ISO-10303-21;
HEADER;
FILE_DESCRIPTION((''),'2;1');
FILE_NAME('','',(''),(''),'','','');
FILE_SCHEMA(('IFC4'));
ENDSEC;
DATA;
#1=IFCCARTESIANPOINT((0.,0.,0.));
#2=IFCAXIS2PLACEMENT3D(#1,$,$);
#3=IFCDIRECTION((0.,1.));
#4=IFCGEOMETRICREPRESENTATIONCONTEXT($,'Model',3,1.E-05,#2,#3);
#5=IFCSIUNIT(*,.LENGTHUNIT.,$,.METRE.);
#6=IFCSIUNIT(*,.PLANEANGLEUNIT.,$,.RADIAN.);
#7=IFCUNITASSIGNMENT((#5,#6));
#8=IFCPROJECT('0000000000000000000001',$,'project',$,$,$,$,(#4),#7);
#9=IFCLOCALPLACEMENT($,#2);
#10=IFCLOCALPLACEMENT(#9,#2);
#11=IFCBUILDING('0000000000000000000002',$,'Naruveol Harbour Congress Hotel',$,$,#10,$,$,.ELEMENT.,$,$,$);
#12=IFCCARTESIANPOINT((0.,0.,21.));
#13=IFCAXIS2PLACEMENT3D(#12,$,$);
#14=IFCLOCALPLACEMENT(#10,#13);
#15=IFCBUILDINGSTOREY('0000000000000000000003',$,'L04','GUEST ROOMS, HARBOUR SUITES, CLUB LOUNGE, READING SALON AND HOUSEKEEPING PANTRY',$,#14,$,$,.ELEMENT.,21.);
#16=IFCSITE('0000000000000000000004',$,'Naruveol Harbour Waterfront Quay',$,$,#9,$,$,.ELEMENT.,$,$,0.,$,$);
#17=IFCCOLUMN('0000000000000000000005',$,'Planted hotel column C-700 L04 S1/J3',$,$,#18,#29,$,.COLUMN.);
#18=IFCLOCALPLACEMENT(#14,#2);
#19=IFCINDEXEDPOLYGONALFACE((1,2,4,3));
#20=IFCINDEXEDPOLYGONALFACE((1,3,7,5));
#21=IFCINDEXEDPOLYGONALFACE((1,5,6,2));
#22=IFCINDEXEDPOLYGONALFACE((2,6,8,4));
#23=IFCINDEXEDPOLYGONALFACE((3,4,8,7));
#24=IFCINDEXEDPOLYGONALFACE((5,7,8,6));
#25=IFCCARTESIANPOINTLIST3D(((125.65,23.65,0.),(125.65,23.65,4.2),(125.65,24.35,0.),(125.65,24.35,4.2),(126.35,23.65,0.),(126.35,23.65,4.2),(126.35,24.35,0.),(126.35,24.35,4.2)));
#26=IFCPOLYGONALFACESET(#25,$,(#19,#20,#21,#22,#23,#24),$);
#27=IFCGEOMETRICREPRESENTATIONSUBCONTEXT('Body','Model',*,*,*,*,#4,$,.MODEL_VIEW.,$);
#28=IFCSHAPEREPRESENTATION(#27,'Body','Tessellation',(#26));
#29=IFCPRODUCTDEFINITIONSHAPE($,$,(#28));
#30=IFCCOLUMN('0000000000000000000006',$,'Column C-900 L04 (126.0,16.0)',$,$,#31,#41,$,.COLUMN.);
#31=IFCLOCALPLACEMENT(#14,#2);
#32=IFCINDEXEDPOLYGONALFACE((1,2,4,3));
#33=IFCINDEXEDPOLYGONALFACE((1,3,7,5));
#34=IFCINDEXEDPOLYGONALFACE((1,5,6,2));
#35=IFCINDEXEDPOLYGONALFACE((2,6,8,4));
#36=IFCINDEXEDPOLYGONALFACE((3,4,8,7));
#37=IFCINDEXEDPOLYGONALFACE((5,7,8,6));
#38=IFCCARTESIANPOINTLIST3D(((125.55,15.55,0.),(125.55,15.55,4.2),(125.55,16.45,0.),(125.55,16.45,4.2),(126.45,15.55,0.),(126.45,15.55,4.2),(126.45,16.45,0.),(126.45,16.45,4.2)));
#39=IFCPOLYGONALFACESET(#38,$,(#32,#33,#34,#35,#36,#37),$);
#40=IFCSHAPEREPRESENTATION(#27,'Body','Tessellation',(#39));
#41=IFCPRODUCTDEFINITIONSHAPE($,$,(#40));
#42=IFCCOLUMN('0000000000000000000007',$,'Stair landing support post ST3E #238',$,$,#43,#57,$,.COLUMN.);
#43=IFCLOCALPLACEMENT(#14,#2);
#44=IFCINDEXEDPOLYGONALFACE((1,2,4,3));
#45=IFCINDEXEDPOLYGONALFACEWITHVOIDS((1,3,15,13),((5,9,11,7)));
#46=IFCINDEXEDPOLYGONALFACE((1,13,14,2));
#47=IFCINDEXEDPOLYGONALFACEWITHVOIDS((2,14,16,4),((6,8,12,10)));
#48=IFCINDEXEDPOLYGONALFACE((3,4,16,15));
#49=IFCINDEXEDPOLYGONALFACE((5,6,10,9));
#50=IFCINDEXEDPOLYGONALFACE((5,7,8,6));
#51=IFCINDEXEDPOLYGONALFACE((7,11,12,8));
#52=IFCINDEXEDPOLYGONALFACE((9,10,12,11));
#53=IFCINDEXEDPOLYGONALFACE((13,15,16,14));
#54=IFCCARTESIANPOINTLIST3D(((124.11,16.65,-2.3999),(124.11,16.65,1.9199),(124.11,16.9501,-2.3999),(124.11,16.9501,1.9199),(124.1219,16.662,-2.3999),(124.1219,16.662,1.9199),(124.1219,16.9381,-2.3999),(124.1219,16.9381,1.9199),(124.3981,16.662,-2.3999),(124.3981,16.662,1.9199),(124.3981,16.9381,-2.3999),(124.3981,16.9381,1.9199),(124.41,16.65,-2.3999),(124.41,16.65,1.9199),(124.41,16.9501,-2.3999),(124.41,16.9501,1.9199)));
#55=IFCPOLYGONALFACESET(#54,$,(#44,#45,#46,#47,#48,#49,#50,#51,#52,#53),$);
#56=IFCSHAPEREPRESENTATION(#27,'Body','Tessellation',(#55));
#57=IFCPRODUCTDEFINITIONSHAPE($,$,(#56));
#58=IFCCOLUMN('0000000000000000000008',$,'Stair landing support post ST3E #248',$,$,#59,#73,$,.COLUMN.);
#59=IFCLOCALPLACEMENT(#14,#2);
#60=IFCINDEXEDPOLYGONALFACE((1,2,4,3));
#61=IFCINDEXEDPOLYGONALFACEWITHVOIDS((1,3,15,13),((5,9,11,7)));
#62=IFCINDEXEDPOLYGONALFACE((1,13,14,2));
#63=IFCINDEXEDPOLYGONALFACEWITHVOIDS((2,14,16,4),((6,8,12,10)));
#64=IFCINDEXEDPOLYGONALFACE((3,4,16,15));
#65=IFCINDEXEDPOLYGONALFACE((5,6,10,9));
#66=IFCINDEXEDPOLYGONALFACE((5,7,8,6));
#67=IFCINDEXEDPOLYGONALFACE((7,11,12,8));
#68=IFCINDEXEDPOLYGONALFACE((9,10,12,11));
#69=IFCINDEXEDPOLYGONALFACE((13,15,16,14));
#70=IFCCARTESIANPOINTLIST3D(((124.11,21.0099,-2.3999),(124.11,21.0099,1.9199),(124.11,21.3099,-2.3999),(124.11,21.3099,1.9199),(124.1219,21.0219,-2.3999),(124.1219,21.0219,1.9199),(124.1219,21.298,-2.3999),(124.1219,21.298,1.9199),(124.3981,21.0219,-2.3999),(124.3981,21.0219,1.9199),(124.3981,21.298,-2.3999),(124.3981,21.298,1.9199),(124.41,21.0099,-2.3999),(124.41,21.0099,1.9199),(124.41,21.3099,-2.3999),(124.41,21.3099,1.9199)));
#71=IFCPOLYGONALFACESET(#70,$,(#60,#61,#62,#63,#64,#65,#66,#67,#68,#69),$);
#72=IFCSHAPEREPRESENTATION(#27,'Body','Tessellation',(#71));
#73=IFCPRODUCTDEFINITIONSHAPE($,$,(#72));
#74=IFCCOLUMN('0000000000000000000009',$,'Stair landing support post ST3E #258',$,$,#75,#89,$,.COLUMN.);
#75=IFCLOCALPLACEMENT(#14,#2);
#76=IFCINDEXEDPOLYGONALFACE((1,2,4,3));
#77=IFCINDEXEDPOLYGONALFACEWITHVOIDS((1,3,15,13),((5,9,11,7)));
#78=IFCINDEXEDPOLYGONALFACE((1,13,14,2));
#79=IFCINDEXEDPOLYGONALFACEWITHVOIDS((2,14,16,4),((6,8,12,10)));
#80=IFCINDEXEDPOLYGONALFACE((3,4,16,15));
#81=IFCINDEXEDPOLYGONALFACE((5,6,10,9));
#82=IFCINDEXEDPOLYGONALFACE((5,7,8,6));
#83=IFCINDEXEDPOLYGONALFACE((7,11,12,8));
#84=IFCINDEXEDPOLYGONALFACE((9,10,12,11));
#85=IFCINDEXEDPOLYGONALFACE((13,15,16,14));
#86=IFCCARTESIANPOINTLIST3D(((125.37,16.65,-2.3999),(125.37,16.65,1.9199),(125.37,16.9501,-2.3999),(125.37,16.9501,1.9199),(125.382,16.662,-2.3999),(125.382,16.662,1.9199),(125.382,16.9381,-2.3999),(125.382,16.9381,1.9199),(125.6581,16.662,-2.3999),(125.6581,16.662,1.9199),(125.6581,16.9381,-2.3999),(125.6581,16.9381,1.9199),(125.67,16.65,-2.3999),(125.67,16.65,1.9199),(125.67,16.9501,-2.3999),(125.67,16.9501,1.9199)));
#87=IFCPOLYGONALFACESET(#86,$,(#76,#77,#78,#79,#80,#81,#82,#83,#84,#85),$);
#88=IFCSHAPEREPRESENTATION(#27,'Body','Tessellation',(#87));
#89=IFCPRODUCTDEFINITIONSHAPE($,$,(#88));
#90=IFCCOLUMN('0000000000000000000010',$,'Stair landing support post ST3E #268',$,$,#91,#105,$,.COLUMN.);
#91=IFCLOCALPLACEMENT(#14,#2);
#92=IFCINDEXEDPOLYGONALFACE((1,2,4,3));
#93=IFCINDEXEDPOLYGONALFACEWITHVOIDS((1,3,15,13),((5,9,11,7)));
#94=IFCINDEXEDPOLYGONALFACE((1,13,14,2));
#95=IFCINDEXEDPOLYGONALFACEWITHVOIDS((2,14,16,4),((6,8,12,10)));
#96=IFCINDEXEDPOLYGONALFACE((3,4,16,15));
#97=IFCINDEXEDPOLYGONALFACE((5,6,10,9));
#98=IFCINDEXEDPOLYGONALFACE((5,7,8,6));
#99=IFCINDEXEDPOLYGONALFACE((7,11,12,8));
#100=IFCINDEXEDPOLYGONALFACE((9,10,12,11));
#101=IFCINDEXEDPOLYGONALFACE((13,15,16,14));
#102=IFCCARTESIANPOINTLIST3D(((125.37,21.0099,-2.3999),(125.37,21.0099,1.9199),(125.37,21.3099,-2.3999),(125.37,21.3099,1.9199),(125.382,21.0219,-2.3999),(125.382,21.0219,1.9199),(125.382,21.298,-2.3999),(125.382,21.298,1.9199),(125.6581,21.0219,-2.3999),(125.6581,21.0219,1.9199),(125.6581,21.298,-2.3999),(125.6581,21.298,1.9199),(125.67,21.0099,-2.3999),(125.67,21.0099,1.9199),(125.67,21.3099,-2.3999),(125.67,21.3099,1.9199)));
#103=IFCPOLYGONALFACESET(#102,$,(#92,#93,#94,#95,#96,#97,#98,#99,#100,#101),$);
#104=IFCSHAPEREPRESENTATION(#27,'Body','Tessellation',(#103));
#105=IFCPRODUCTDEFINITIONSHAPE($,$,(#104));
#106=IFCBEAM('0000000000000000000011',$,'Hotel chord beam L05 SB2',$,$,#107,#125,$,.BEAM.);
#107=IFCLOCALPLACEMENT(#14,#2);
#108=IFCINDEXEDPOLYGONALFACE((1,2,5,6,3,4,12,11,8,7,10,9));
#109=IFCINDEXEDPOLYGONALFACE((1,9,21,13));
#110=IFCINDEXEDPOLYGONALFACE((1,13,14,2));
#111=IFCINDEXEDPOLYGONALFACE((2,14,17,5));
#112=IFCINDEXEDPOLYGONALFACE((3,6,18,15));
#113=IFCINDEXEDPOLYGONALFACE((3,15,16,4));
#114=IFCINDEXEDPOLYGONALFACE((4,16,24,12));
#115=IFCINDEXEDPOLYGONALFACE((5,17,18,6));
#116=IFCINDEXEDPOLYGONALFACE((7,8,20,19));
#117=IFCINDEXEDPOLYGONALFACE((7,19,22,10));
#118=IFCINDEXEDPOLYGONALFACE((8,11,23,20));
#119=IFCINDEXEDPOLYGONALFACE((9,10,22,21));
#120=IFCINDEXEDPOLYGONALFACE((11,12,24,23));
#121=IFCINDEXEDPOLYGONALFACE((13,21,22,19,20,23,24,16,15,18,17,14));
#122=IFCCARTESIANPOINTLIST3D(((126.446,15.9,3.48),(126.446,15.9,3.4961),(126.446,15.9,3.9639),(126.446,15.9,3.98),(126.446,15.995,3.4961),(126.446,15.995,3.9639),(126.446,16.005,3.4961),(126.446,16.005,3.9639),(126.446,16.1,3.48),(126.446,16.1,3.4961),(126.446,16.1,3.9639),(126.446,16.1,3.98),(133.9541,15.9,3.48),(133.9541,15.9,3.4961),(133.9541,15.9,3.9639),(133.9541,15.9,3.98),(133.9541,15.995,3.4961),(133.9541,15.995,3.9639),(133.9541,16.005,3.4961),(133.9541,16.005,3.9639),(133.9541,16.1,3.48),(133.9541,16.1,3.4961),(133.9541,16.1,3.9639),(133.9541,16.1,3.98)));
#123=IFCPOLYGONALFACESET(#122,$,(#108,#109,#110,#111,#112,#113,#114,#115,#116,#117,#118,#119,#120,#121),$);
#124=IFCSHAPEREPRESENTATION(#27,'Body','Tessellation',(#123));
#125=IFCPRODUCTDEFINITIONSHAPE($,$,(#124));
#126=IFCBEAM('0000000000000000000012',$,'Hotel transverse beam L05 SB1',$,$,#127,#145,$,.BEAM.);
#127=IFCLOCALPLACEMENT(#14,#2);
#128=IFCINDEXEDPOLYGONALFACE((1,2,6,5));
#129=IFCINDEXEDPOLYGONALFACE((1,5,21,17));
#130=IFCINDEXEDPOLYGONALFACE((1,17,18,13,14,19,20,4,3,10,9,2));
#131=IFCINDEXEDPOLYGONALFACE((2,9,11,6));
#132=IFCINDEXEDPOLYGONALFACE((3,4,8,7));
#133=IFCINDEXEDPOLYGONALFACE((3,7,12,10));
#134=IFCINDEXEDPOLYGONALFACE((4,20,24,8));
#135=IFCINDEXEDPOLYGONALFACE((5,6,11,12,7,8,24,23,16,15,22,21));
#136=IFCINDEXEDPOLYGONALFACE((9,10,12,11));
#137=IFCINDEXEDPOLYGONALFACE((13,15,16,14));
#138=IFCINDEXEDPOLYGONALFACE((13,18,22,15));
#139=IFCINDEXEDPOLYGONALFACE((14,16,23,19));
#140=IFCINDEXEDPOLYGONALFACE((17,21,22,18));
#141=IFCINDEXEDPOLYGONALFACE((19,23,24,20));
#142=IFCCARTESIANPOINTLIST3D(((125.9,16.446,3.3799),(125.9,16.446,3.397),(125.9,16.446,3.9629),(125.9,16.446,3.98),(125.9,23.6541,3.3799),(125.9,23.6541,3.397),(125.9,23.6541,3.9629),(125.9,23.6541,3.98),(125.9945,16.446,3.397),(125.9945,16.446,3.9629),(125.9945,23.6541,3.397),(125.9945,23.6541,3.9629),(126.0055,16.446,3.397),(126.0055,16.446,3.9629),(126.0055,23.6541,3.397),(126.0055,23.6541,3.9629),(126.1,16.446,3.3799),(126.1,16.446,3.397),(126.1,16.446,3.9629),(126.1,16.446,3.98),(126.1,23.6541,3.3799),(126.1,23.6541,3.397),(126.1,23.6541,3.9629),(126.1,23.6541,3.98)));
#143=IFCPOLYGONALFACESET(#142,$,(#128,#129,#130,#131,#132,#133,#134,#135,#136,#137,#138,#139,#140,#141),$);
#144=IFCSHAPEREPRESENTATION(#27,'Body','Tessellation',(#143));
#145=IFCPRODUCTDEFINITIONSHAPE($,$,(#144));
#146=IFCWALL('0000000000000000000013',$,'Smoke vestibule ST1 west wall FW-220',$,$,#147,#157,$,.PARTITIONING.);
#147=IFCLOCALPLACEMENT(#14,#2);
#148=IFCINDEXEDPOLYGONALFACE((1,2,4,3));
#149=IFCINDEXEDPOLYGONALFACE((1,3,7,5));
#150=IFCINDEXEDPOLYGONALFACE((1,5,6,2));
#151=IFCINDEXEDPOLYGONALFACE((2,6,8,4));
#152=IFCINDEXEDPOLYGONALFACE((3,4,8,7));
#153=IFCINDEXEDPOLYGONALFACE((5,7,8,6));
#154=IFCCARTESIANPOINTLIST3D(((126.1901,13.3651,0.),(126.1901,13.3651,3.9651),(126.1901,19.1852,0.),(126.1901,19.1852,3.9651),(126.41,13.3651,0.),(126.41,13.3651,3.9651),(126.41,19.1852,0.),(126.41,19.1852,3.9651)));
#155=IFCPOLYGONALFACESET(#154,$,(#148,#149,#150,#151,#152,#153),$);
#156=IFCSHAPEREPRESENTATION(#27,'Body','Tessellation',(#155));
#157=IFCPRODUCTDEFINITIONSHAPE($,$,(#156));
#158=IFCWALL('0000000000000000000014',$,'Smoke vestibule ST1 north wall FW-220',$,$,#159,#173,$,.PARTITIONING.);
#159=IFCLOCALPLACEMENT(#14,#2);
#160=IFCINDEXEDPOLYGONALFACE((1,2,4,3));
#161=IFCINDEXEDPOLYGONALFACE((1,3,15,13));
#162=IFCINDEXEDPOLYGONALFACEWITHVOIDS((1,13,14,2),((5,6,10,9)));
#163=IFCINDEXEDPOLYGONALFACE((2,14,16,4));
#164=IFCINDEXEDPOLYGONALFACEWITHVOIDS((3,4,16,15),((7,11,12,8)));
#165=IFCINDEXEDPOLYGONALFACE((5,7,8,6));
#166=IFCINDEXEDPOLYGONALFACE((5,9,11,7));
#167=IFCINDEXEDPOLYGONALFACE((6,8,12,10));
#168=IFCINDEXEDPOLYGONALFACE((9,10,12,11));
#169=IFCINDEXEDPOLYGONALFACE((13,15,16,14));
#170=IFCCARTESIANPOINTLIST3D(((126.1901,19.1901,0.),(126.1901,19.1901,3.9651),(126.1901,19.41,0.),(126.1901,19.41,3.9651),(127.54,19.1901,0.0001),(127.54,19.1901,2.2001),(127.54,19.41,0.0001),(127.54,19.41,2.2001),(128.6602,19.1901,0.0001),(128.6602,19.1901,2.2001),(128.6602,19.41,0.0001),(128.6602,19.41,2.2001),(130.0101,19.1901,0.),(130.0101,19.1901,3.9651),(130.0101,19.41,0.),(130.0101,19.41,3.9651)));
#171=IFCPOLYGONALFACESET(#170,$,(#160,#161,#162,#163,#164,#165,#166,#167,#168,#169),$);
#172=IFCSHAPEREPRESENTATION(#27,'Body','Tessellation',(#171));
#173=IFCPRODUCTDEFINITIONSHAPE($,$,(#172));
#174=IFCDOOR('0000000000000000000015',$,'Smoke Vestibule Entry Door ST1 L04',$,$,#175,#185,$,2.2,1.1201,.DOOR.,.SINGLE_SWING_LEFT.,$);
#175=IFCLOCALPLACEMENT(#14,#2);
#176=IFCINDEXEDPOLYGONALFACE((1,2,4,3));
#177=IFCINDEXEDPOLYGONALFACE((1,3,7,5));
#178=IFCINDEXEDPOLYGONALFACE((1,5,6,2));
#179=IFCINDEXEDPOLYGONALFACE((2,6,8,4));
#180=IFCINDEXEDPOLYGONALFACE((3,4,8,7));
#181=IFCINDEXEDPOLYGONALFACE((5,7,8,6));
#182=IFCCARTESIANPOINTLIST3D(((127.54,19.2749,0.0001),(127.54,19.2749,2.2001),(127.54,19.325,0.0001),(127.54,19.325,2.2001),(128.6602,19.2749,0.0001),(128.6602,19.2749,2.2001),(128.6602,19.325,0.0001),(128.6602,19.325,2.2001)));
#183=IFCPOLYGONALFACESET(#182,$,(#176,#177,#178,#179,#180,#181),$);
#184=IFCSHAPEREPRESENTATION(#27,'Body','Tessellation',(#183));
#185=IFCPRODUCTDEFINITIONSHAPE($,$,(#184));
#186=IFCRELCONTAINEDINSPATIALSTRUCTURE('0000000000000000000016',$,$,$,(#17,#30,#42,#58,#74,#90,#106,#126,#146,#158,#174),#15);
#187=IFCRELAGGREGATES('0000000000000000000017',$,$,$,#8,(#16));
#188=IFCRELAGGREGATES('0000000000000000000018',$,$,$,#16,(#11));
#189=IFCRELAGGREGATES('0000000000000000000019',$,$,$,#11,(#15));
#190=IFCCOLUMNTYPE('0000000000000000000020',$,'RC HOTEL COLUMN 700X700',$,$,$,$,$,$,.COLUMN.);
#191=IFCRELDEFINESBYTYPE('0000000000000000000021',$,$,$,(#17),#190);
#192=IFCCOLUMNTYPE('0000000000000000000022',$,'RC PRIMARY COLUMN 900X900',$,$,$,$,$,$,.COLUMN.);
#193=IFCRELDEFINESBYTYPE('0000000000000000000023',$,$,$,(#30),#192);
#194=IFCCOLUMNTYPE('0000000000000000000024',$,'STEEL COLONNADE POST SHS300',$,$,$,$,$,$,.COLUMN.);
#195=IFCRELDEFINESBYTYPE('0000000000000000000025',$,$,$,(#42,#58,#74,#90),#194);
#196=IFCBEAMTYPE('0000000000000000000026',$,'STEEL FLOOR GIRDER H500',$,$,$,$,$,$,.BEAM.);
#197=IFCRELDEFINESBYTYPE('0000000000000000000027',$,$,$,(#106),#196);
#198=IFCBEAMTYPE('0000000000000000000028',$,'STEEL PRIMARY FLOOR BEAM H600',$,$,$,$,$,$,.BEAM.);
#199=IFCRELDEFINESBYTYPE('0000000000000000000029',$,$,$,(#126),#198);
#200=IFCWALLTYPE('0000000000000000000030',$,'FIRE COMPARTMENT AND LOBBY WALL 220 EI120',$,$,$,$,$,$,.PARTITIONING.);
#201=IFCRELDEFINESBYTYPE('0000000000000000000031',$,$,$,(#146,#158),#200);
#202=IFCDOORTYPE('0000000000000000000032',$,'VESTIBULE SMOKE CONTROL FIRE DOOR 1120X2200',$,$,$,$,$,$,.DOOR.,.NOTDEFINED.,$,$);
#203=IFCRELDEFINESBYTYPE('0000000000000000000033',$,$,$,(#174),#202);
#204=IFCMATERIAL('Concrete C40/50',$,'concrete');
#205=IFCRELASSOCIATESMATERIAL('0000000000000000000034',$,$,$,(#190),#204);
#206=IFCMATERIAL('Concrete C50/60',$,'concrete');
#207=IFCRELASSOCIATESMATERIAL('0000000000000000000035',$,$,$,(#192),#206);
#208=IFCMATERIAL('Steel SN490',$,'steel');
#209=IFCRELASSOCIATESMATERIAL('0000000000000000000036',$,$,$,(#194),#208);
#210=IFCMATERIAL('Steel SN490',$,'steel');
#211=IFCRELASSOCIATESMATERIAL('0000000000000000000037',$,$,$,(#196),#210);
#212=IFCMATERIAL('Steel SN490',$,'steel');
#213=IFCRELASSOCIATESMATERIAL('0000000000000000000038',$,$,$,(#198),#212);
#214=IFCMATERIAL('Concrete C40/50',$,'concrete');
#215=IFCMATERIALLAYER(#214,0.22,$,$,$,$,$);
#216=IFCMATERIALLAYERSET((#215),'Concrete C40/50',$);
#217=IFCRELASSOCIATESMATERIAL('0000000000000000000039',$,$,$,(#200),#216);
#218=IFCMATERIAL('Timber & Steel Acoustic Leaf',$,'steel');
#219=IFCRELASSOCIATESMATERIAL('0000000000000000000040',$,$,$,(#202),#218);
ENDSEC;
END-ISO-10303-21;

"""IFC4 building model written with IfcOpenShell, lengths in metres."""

from ifc_helpers import new_model, si_unit, direction, frame, frame_2d, origin, origin_2d, place, context, subcontext, project, spatial, rectangle, hollow_rectangle, i_section, extrude, material, layer, layer_set, material_profile, profile_set, type_object, element, fill, save


model = new_model("IFC4")

# Units and contexts
model_context = context("Model", 3, precision=1e-05, world=origin(), true_north=direction((0.0, 1.0)))
body_context = subcontext(model_context, "Body", "Model", "MODEL_VIEW")
ifc_project = project(units=[si_unit("LENGTHUNIT", "METRE"), si_unit("PLANEANGLEUNIT", "RADIAN")], contexts=[model_context])

# Site, building, storey
site_placement = place(None, origin())
site = spatial("IfcSite", under=ifc_project, at=site_placement, Name="Naruveol Harbour Waterfront Quay", CompositionType="ELEMENT", RefElevation=0.0)
building_placement = place(site_placement, origin())
building = spatial("IfcBuilding", under=site, at=building_placement, Name="Naruveol Harbour Congress Hotel", CompositionType="ELEMENT")
storey_placement = place(building_placement, frame((0.0, 0.0, 21.0)))
storey = spatial("IfcBuildingStorey", under=building, at=storey_placement, Name="L04", Description="GUEST ROOMS, HARBOUR SUITES, CLUB LOUNGE, READING SALON AND HOUSEKEEPING PANTRY", CompositionType="ELEMENT", Elevation=21.0)

# Columns
ifc_material_1 = material(Name="Concrete C40/50", Category="concrete")
ifc_material_profile_1 = material_profile(ifc_material_1, rectangle(XDim=0.7, YDim=0.7, at=origin_2d()), Name="RC-700x700")
ifc_profile_set_1 = profile_set([ifc_material_profile_1], Name="Concrete C40/50")
column_type_1 = type_object("IfcColumnType", Name="RC HOTEL COLUMN 700X700", PredefinedType="COLUMN", material=ifc_profile_set_1)
column_1_placement = place(storey_placement, frame((126.0, 24.0, 0.0), z_axis=(0.0, 0.0, 1.0), x_axis=(1.0, 0.0, 0.0)))
element("IfcColumn", 1, at=column_1_placement, inside=storey, type_object=column_type_1, Name="Planted hotel column C-700 L04 S1/J3", PredefinedType="COLUMN", context=body_context, shape_type="SweptSolid", body=[
    extrude(rectangle(XDim=0.7, YDim=0.7, at=origin_2d()), origin(), (0.0, 0.0, 1.0), 4.2),
])
ifc_material_2 = material(Name="Concrete C50/60", Category="concrete")
ifc_material_profile_2 = material_profile(ifc_material_2, rectangle(XDim=0.8999, YDim=0.8999, at=origin_2d()), Name="RC-900x900")
ifc_profile_set_2 = profile_set([ifc_material_profile_2], Name="Concrete C50/60")
column_type_2 = type_object("IfcColumnType", Name="RC PRIMARY COLUMN 900X900", PredefinedType="COLUMN", material=ifc_profile_set_2)
column_2_placement = place(storey_placement, frame((126.0, 16.0, 0.0), z_axis=(0.0, 0.0, 1.0), x_axis=(1.0, 0.0, 0.0)))
element("IfcColumn", 2, at=column_2_placement, inside=storey, type_object=column_type_2, Name="Column C-900 L04 (126.0,16.0)", PredefinedType="COLUMN", context=body_context, shape_type="SweptSolid", body=[
    extrude(rectangle(XDim=0.8999, YDim=0.8999, at=origin_2d()), origin(), (0.0, 0.0, 1.0), 4.2),
])
ifc_material_3 = material(Name="Steel SN490", Category="steel")
ifc_material_profile_3 = material_profile(ifc_material_3, hollow_rectangle(XDim=0.3, YDim=0.3, WallThickness=0.012, at=origin_2d()), Name="SHS-300x300x12")
ifc_profile_set_3 = profile_set([ifc_material_profile_3], Name="Steel SN490")
column_type_3 = type_object("IfcColumnType", Name="STEEL COLONNADE POST SHS300", PredefinedType="COLUMN", material=ifc_profile_set_3)
for number, where, z_axis, x_axis, name in (
    (3, (124.26, 16.8, -2.3999), (0.0, 0.0, 1.0), (1.0, 0.0, 0.0), "Stair landing support post ST3E #238"),
    (4, (124.26, 21.1599, -2.3999), (0.0, 0.0, 1.0), (1.0, 0.0, 0.0), "Stair landing support post ST3E #248"),
    (5, (125.52, 16.8, -2.3999), (0.0, 0.0, 1.0), (1.0, 0.0, 0.0), "Stair landing support post ST3E #258"),
    (6, (125.52, 21.1599, -2.3999), (0.0, 0.0, 1.0), (1.0, 0.0, 0.0), "Stair landing support post ST3E #268"),
):
    element("IfcColumn", number, at=place(storey_placement, frame(where, z_axis=z_axis, x_axis=x_axis)), inside=storey, type_object=column_type_3, Name=name, PredefinedType="COLUMN", context=body_context, shape_type="SweptSolid", body=[
        extrude(hollow_rectangle(XDim=0.3, YDim=0.3, WallThickness=0.012, at=origin_2d()), origin(), (0.0, 0.0, 1.0), 4.3198),
    ])

# Beams
ifc_material_4 = material(Name="Steel SN490", Category="steel")
ifc_material_profile_4 = material_profile(ifc_material_4, i_section(OverallWidth=0.2, OverallDepth=0.5, WebThickness=0.01, FlangeThickness=0.0161, at=origin_2d()), Name="H-500x200x10x16")
ifc_profile_set_4 = profile_set([ifc_material_profile_4], Name="Steel SN490")
beam_type_1 = type_object("IfcBeamType", Name="STEEL FLOOR GIRDER H500", PredefinedType="BEAM", material=ifc_profile_set_4)
beam_1_placement = place(storey_placement, frame((126.446, 16.0, 3.73), z_axis=(1.0, 0.0, 0.0), x_axis=(0.0, 1.0, 0.0)))
element("IfcBeam", 7, at=beam_1_placement, inside=storey, type_object=beam_type_1, Name="Hotel chord beam L05 SB2", PredefinedType="BEAM", context=body_context, shape_type="SweptSolid", body=[
    extrude(i_section(OverallWidth=0.2, OverallDepth=0.5, WebThickness=0.01, FlangeThickness=0.0161, at=origin_2d()), origin(), (0.0, 0.0, 1.0), 7.5081),
])
ifc_material_5 = material(Name="Steel SN490", Category="steel")
ifc_material_profile_5 = material_profile(ifc_material_5, i_section(OverallWidth=0.2, OverallDepth=0.6001, WebThickness=0.011, FlangeThickness=0.0171, at=origin_2d()), Name="H-600x200x11x17")
ifc_profile_set_5 = profile_set([ifc_material_profile_5], Name="Steel SN490")
beam_type_2 = type_object("IfcBeamType", Name="STEEL PRIMARY FLOOR BEAM H600", PredefinedType="BEAM", material=ifc_profile_set_5)
beam_2_placement = place(storey_placement, frame((126.0, 16.446, 3.6799), z_axis=(0.0, 1.0, 0.0), x_axis=(-1.0, 0.0, 0.0)))
element("IfcBeam", 8, at=beam_2_placement, inside=storey, type_object=beam_type_2, Name="Hotel transverse beam L05 SB1", PredefinedType="BEAM", context=body_context, shape_type="SweptSolid", body=[
    extrude(i_section(OverallWidth=0.2, OverallDepth=0.6001, WebThickness=0.011, FlangeThickness=0.0171, at=origin_2d()), origin(), (0.0, 0.0, 1.0), 7.208),
])

# Wall
ifc_material_6 = material(Name="Concrete C40/50", Category="concrete")
ifc_layer_1 = layer(ifc_material_6, 0.22)
ifc_layer_set_1 = layer_set([ifc_layer_1], Name="Concrete C40/50")
wall_type_1 = type_object("IfcWallType", Name="FIRE COMPARTMENT AND LOBBY WALL 220 EI120", PredefinedType="PARTITIONING", material=ifc_layer_set_1)
wall_1_placement = place(storey_placement, frame((126.3, 13.365, 0.0), z_axis=(0.0, 0.0, 1.0), x_axis=(0.0, 1.0, 0.0)))
element("IfcWall", 9, at=wall_1_placement, inside=storey, type_object=wall_type_1, Name="Smoke vestibule ST1 west wall FW-220", PredefinedType="PARTITIONING", context=body_context, shape_type="SweptSolid", body=[
    extrude(rectangle(XDim=5.8201, YDim=0.22, at=frame_2d((2.9102, 0.0))), origin(), (0.0, 0.0, 1.0), 3.9651),
])

# Wall, opening, door
wall_2_placement = place(storey_placement, frame((126.1899, 19.3, 0.0), z_axis=(0.0, 0.0, 1.0), x_axis=(1.0, 0.0, 0.0)))
wall_2 = element("IfcWall", 10, at=wall_2_placement, inside=storey, type_object=wall_type_1, Name="Smoke vestibule ST1 north wall FW-220", PredefinedType="PARTITIONING", context=body_context, shape_type="SweptSolid", body=[
    extrude(rectangle(XDim=3.8201, YDim=0.22, at=frame_2d((1.9102, 0.0))), origin(), (0.0, 0.0, 1.0), 3.9651),
])
opening_1_placement = place(wall_2_placement, frame((1.3501, 0.0, 0.0)))
opening_1 = element("IfcOpeningElement", 11, at=opening_1_placement, cuts=wall_2, PredefinedType="OPENING", context=body_context, shape_type="SweptSolid", body=[
    extrude(rectangle(XDim=1.1201, YDim=2.2, at=frame_2d((0.5601, 1.1001))), frame((0.0, 0.1199, 0.0), z_axis=(0.0, -1.0, 0.0), x_axis=(1.0, 0.0, 0.0)), (0.0, 0.0, 1.0), 0.24),
])
ifc_material_7 = material(Name="Timber & Steel Acoustic Leaf", Category="steel")
door_type_1 = type_object("IfcDoorType", Name="VESTIBULE SMOKE CONTROL FIRE DOOR 1120X2200", OperationType="NOTDEFINED", PredefinedType="DOOR", material=ifc_material_7)
door_1_placement = place(opening_1_placement, origin())
door_1 = element("IfcDoor", 12, at=door_1_placement, inside=storey, type_object=door_type_1, Name="Smoke Vestibule Entry Door ST1 L04", OperationType="SINGLE_SWING_LEFT", OverallHeight=2.2, OverallWidth=1.1201, PredefinedType="DOOR", context=body_context, shape_type="SweptSolid", body=[
    extrude(rectangle(XDim=1.1201, YDim=2.2, at=frame_2d((0.5601, 1.1001))), frame((0.0, 0.0249, 0.0), z_axis=(0.0, -1.0, 0.0), x_axis=(1.0, 0.0, 0.0)), (0.0, 0.0, 1.0), 0.05),
])
fill(opening_1, door_1)

save(model, "model.ifc")
